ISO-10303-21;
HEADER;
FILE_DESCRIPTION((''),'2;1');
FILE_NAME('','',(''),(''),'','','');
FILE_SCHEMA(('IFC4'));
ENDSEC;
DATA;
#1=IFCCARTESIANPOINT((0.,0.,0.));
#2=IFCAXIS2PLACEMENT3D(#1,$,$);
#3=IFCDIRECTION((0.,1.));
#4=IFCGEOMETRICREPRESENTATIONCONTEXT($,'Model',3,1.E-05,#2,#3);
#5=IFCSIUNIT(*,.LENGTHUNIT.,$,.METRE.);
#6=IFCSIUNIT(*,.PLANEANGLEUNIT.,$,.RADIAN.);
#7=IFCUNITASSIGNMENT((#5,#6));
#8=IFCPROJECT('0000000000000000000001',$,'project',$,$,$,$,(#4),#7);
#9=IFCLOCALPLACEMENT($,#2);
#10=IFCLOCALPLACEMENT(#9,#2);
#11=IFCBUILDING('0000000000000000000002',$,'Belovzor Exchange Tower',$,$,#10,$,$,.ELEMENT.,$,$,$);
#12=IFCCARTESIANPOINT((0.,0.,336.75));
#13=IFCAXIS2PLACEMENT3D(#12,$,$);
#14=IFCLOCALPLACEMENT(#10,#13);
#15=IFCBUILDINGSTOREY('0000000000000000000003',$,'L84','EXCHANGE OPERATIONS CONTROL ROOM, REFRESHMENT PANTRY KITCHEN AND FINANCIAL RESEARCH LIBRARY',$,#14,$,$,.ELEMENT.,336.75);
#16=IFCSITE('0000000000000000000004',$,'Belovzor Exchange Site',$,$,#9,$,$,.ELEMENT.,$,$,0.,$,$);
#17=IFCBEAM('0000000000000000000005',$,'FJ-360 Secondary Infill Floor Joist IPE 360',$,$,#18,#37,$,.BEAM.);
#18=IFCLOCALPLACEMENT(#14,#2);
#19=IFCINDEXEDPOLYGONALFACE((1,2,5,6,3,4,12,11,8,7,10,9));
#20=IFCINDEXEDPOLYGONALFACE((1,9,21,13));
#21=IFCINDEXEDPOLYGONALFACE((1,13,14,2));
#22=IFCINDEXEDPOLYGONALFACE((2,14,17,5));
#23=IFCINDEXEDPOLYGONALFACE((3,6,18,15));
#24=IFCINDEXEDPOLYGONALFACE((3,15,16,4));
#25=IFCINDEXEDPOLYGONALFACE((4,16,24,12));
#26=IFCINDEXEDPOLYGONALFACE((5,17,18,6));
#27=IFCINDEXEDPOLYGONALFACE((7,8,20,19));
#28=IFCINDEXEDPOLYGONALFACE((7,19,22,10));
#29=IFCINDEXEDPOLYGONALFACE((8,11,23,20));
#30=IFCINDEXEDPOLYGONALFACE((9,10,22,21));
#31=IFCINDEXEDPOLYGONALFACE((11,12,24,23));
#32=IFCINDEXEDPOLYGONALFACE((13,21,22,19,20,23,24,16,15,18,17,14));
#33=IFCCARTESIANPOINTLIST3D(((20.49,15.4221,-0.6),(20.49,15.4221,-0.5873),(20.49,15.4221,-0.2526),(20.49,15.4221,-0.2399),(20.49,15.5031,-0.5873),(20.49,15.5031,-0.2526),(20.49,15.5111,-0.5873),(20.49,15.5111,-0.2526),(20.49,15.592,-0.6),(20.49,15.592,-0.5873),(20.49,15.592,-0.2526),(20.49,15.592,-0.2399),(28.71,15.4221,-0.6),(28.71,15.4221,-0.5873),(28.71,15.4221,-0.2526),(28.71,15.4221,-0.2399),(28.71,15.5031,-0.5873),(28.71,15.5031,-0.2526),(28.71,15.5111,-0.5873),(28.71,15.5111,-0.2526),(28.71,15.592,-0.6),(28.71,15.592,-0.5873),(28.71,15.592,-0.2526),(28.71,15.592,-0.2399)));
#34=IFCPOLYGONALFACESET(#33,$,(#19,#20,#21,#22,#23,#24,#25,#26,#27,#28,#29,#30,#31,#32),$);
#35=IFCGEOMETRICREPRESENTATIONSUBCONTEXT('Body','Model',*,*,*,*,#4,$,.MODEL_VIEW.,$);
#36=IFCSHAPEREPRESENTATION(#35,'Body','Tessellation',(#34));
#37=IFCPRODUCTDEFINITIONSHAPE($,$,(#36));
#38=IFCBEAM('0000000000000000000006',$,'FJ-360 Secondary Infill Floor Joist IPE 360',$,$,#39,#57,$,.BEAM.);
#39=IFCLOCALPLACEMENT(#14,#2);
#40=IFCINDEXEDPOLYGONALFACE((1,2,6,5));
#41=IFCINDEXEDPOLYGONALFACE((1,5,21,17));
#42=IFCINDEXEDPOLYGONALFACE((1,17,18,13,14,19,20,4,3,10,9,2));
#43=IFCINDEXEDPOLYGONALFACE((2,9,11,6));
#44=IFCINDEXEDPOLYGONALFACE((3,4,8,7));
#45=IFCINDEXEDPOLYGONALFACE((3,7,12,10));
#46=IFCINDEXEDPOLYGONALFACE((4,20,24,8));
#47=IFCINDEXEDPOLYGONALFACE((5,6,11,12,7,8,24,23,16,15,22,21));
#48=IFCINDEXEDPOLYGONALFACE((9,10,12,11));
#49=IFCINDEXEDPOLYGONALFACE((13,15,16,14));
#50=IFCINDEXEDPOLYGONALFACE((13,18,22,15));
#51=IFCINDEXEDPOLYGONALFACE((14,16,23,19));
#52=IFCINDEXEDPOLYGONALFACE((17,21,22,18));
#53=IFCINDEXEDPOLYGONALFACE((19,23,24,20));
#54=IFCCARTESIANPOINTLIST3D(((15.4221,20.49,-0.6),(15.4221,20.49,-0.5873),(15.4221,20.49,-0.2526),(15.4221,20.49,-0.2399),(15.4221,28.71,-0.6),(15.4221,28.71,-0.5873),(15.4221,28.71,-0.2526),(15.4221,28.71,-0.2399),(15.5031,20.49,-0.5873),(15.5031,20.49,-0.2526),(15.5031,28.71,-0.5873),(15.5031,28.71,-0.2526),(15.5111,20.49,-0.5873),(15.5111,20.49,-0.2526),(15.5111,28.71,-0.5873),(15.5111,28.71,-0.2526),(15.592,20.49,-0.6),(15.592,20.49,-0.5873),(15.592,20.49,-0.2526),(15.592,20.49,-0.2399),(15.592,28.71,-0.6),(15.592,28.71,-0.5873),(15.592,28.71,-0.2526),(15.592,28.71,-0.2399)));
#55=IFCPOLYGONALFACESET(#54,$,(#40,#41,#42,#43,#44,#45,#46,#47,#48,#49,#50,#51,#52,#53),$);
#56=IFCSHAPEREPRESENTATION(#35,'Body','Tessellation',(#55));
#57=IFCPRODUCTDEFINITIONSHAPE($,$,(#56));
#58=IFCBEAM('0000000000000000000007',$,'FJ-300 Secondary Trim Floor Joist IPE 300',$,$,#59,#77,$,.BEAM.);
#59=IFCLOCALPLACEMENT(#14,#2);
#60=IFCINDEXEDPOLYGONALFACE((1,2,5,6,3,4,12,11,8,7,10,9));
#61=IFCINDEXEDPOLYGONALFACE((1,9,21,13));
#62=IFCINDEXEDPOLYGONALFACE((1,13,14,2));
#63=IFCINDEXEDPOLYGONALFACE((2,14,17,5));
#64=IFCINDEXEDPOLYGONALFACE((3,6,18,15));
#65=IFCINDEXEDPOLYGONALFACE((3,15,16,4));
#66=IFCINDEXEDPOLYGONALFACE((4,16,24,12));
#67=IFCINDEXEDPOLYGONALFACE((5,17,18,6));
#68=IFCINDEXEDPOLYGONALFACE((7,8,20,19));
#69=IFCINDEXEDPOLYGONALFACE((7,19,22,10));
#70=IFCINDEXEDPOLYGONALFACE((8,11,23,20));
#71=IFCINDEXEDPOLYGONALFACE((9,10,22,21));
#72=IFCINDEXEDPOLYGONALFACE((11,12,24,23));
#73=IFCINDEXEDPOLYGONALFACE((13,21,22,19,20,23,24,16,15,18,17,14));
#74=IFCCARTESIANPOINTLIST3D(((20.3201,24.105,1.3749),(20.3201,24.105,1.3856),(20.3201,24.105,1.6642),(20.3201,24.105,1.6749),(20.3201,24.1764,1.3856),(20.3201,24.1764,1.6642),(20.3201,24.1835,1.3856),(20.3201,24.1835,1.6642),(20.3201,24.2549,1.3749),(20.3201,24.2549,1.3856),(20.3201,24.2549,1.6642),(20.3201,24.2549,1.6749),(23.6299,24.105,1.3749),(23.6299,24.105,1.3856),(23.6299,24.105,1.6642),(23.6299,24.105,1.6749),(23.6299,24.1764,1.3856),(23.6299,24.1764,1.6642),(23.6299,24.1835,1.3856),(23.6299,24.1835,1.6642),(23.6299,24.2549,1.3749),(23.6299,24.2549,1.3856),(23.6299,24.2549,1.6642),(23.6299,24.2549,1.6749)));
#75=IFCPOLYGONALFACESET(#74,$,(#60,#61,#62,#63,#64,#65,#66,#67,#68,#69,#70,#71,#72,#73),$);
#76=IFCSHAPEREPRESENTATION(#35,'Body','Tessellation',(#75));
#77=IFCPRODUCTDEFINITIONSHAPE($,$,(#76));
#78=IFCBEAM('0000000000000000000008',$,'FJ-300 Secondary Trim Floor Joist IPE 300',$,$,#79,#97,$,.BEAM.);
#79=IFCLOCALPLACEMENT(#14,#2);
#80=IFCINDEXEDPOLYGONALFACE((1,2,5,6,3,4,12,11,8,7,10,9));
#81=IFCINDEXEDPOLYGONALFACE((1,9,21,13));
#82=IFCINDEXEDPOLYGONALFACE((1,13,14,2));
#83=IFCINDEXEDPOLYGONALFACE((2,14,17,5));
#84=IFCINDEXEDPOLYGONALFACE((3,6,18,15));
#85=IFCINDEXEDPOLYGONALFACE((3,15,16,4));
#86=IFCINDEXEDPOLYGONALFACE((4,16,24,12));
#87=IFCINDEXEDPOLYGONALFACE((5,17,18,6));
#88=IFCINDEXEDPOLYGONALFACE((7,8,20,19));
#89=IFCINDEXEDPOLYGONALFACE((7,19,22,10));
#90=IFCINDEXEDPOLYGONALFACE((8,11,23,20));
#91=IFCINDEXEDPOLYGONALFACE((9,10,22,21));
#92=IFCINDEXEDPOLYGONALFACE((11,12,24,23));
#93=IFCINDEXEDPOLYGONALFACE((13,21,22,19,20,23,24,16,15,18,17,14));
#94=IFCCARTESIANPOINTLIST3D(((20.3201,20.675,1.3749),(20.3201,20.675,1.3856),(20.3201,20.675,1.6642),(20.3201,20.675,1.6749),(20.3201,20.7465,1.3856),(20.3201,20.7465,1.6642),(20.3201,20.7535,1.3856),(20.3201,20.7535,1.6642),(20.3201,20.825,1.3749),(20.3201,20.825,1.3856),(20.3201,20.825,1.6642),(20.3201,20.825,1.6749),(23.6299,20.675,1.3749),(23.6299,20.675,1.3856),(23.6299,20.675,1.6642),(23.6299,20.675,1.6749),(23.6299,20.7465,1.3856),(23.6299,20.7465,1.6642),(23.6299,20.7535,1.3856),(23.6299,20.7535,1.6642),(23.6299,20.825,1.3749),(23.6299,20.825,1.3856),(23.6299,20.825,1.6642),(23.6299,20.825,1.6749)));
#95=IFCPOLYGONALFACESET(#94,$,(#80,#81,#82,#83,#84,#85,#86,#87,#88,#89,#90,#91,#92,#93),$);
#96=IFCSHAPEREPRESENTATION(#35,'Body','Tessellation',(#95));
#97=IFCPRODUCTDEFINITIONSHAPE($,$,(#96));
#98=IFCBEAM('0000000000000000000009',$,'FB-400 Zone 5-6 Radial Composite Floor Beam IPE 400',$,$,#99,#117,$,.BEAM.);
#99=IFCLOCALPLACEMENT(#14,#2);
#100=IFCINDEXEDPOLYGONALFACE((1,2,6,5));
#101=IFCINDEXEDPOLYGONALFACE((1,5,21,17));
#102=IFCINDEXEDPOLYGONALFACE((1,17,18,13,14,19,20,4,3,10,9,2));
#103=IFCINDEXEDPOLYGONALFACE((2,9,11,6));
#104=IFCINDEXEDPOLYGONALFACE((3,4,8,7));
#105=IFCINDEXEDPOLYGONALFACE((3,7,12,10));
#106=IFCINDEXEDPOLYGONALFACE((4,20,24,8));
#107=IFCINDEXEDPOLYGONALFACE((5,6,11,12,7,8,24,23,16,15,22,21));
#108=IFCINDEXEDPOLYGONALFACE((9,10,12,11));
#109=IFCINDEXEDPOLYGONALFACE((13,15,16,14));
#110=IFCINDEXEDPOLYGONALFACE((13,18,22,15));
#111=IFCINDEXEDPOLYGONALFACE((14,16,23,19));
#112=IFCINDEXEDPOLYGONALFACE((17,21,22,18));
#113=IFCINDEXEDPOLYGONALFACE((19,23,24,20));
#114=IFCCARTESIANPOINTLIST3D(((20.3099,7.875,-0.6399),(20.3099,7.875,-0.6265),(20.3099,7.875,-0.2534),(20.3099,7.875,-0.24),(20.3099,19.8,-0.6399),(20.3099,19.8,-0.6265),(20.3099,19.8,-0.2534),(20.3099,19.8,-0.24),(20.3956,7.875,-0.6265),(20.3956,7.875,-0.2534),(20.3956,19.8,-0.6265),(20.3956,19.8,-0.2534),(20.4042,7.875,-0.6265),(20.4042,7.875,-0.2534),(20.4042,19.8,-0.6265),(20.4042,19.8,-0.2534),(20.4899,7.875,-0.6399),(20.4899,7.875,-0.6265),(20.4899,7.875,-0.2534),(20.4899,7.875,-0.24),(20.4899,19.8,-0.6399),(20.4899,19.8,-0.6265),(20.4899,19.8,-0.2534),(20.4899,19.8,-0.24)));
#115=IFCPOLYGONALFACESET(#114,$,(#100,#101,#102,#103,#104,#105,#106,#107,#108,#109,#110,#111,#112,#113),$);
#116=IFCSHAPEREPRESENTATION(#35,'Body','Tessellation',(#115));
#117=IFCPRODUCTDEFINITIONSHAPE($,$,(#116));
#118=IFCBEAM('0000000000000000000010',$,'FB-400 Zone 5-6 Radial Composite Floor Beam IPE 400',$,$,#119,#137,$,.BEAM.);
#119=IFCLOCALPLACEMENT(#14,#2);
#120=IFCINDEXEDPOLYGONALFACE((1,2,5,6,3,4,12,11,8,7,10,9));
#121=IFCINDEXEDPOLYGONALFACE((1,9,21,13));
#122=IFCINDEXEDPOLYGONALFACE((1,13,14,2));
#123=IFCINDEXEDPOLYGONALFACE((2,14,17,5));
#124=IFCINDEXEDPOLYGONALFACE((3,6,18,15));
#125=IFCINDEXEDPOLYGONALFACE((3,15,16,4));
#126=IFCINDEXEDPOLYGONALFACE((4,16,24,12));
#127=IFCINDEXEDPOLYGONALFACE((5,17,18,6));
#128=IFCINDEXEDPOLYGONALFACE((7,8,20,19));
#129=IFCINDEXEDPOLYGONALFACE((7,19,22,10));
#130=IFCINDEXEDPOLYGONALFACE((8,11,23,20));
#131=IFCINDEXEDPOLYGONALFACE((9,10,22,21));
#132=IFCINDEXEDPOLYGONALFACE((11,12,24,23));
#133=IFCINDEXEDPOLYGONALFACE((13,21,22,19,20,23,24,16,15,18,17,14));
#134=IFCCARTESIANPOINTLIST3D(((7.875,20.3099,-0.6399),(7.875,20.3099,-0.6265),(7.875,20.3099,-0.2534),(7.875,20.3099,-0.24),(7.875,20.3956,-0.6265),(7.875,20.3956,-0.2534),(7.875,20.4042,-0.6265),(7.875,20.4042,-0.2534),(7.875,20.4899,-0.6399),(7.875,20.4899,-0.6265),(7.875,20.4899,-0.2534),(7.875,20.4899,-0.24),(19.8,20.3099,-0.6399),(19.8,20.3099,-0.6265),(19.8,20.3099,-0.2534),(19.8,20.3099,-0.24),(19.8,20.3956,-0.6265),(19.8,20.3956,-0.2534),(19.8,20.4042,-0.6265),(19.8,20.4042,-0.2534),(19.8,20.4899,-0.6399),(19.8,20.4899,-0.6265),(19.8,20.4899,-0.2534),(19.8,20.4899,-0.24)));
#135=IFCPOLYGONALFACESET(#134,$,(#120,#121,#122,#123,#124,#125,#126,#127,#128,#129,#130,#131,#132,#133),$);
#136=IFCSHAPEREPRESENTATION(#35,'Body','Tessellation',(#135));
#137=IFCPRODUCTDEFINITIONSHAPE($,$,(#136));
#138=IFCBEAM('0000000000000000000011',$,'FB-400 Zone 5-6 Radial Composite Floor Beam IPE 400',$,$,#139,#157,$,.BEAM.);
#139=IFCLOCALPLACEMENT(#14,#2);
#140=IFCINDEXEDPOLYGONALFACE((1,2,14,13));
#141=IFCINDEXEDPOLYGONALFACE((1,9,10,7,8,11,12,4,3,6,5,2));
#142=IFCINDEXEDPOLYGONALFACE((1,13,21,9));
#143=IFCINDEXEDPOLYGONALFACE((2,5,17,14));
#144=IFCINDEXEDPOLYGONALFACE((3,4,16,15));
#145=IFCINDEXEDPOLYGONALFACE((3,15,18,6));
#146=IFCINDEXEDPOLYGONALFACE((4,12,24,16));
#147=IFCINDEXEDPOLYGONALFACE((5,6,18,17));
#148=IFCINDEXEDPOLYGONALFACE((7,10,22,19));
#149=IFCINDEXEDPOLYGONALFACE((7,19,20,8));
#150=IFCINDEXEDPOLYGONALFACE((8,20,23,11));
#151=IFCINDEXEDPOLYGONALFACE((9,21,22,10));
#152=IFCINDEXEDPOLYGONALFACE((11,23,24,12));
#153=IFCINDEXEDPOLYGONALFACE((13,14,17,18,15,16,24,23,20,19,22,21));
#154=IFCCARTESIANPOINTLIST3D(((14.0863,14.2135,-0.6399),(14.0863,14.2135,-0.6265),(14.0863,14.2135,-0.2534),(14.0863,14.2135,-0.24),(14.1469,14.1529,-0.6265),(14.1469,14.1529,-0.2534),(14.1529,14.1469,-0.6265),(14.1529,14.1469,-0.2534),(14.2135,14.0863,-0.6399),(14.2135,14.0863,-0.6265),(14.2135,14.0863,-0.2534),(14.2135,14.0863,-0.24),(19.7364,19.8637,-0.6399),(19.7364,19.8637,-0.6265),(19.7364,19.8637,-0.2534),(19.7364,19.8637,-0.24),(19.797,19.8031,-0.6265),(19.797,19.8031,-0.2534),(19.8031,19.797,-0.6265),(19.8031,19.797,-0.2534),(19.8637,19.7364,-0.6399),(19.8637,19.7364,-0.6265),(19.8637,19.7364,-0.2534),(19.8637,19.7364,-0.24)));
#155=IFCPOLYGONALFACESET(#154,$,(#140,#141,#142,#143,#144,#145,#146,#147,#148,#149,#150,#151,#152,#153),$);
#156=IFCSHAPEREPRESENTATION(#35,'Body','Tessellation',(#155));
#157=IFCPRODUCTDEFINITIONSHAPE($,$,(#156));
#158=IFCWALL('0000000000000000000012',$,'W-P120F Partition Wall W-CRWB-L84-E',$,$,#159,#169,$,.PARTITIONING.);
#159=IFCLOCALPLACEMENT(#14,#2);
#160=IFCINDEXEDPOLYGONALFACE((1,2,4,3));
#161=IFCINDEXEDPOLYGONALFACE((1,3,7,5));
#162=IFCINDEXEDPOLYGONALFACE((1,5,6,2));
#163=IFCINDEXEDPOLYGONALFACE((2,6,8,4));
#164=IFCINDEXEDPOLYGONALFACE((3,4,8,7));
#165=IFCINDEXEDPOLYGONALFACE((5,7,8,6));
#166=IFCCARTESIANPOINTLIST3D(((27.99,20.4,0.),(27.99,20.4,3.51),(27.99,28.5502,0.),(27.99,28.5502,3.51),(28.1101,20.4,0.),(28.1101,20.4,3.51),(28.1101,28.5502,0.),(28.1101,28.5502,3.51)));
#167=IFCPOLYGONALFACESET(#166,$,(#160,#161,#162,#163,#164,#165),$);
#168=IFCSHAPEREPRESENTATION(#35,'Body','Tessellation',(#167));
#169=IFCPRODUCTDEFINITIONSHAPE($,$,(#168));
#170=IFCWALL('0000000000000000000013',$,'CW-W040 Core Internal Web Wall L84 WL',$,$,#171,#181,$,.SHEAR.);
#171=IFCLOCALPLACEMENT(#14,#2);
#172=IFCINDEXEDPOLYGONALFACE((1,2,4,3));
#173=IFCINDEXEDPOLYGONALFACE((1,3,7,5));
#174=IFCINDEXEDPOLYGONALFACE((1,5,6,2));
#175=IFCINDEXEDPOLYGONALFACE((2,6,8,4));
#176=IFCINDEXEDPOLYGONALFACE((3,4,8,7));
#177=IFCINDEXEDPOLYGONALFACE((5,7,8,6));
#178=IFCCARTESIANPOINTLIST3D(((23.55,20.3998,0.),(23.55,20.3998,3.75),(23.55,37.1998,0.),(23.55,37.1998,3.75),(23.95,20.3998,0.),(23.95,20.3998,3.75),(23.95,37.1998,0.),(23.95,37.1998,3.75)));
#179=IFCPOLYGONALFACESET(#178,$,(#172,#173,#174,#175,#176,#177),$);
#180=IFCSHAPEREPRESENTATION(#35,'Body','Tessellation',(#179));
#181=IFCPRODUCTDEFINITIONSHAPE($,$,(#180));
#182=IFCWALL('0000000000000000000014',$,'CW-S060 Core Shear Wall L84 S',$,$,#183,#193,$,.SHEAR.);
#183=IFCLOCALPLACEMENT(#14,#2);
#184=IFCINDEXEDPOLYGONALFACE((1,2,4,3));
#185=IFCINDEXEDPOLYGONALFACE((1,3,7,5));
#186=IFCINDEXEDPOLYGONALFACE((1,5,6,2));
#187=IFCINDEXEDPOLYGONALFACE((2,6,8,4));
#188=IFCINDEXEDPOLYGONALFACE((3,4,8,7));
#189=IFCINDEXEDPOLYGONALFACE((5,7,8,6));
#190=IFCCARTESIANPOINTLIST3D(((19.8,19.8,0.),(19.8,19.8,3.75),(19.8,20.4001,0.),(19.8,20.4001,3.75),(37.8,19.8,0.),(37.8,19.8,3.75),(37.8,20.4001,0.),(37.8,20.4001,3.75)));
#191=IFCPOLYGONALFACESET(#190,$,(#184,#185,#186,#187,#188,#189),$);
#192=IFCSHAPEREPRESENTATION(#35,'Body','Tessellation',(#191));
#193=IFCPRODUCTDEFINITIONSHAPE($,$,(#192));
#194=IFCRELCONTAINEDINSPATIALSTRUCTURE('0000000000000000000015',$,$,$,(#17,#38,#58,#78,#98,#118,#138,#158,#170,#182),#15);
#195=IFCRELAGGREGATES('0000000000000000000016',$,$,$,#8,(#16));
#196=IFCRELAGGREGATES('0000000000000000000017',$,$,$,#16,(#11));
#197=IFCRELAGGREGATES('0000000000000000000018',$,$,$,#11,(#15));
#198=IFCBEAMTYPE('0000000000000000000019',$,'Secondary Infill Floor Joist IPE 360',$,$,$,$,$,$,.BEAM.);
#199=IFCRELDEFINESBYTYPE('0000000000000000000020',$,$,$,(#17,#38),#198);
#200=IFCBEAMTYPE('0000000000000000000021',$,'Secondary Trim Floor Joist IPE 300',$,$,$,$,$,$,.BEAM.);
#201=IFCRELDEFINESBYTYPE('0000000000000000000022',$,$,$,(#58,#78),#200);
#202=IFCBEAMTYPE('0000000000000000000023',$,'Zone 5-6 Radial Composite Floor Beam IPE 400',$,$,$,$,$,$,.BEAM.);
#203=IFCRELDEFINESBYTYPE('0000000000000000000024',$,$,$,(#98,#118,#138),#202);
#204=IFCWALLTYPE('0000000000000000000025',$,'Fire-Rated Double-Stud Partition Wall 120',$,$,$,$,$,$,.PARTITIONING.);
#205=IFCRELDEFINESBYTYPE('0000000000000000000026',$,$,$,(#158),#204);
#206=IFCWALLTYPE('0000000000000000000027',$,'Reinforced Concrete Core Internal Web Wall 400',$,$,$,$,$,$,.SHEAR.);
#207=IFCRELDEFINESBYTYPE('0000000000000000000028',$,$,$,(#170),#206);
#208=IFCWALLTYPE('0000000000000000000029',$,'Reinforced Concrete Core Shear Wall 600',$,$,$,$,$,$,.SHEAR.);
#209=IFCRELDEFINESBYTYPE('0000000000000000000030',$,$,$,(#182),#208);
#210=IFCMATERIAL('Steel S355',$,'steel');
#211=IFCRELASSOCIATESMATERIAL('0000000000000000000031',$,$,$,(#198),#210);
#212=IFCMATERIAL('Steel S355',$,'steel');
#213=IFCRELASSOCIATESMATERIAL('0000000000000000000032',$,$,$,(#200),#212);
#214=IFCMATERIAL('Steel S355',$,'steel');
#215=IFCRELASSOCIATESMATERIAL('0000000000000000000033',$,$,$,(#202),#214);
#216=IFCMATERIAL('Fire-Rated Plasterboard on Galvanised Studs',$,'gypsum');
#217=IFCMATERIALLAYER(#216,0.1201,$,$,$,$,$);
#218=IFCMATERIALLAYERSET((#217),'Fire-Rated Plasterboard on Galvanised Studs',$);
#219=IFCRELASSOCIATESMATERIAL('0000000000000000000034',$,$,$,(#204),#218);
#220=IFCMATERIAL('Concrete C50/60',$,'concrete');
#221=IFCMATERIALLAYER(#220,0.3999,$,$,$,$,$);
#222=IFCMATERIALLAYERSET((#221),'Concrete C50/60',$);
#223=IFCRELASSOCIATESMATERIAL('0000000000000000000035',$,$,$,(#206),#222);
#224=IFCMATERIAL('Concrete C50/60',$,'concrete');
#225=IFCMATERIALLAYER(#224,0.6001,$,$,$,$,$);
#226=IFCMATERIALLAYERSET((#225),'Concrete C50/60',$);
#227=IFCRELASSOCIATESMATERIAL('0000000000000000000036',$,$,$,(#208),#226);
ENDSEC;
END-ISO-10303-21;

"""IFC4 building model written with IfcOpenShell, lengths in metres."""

from ifc_helpers import new_model, si_unit, direction, frame, frame_2d, origin, origin_2d, place, context, subcontext, project, spatial, rectangle, i_section, extrude, material, layer, layer_set, material_profile, profile_set, type_object, element, save


model = new_model("IFC4")

# Units and contexts
model_context = context("Model", 3, precision=1e-05, world=origin(), true_north=direction((0.0, 1.0)))
body_context = subcontext(model_context, "Body", "Model", "MODEL_VIEW")
ifc_project = project(units=[si_unit("LENGTHUNIT", "METRE"), si_unit("PLANEANGLEUNIT", "RADIAN")], contexts=[model_context])

# Site, building, storey
site_placement = place(None, origin())
site = spatial("IfcSite", under=ifc_project, at=site_placement, Name="Belovzor Exchange Site", CompositionType="ELEMENT", RefElevation=0.0)
building_placement = place(site_placement, origin())
building = spatial("IfcBuilding", under=site, at=building_placement, Name="Belovzor Exchange Tower", CompositionType="ELEMENT")
storey_placement = place(building_placement, frame((0.0, 0.0, 336.75)))
storey = spatial("IfcBuildingStorey", under=building, at=storey_placement, Name="L84", Description="EXCHANGE OPERATIONS CONTROL ROOM, REFRESHMENT PANTRY KITCHEN AND FINANCIAL RESEARCH LIBRARY", CompositionType="ELEMENT", Elevation=336.75)

# Beams
ifc_material_1 = material(Name="Steel S355", Category="steel")
ifc_material_profile_1 = material_profile(ifc_material_1, i_section(OverallWidth=0.1699, OverallDepth=0.3601, WebThickness=0.0081, FlangeThickness=0.0127, at=origin_2d()))
ifc_profile_set_1 = profile_set([ifc_material_profile_1], Name="Steel S355")
beam_type_1 = type_object("IfcBeamType", Name="Secondary Infill Floor Joist IPE 360", PredefinedType="BEAM", material=ifc_profile_set_1)
for number, where, z_axis, x_axis, name in (
    (1, (20.49, 15.5071, -0.4199), (1.0, 0.0, 0.0), (0.0, 1.0, 0.0), "FJ-360 Secondary Infill Floor Joist IPE 360"),
    (2, (15.5071, 20.49, -0.4199), (0.0, 1.0, 0.0), (-1.0, 0.0, 0.0), "FJ-360 Secondary Infill Floor Joist IPE 360"),
):
    element("IfcBeam", number, at=place(storey_placement, frame(where, z_axis=z_axis, x_axis=x_axis)), inside=storey, type_object=beam_type_1, Name=name, PredefinedType="BEAM", context=body_context, shape_type="SweptSolid", body=[
        extrude(i_section(OverallWidth=0.1699, OverallDepth=0.3601, WebThickness=0.0081, FlangeThickness=0.0127, at=origin_2d()), origin(), (0.0, 0.0, 1.0), 8.22),
    ])
ifc_material_2 = material(Name="Steel S355", Category="steel")
ifc_material_profile_2 = material_profile(ifc_material_2, i_section(OverallWidth=0.1499, OverallDepth=0.3, WebThickness=0.0071, FlangeThickness=0.0107, at=origin_2d()))
ifc_profile_set_2 = profile_set([ifc_material_profile_2], Name="Steel S355")
beam_type_2 = type_object("IfcBeamType", Name="Secondary Trim Floor Joist IPE 300", PredefinedType="BEAM", material=ifc_profile_set_2)
for number, where, z_axis, x_axis, name in (
    (3, (20.3201, 24.1799, 1.5249), (1.0, 0.0, 0.0), (0.0, 1.0, 0.0), "FJ-300 Secondary Trim Floor Joist IPE 300"),
    (4, (20.3201, 20.75, 1.5249), (1.0, 0.0, 0.0), (0.0, 1.0, 0.0), "FJ-300 Secondary Trim Floor Joist IPE 300"),
):
    element("IfcBeam", number, at=place(storey_placement, frame(where, z_axis=z_axis, x_axis=x_axis)), inside=storey, type_object=beam_type_2, Name=name, PredefinedType="BEAM", context=body_context, shape_type="SweptSolid", body=[
        extrude(i_section(OverallWidth=0.1499, OverallDepth=0.3, WebThickness=0.0071, FlangeThickness=0.0107, at=origin_2d()), origin(), (0.0, 0.0, 1.0), 3.3098),
    ])
ifc_material_3 = material(Name="Steel S355", Category="steel")
ifc_material_profile_3 = material_profile(ifc_material_3, i_section(OverallWidth=0.1799, OverallDepth=0.3999, WebThickness=0.0085, FlangeThickness=0.0134, at=origin_2d()))
ifc_profile_set_3 = profile_set([ifc_material_profile_3], Name="Steel S355")
beam_type_3 = type_object("IfcBeamType", Name="Zone 5-6 Radial Composite Floor Beam IPE 400", PredefinedType="BEAM", material=ifc_profile_set_3)
for number, where, z_axis, x_axis, name in (
    (5, (20.3999, 19.8, -0.4399), (0.0, -1.0, 0.0), (1.0, 0.0, 0.0), "FB-400 Zone 5-6 Radial Composite Floor Beam IPE 400"),
    (6, (19.8, 20.3999, -0.4399), (-1.0, 0.0, 0.0), (0.0, -1.0, 0.0), "FB-400 Zone 5-6 Radial Composite Floor Beam IPE 400"),
):
    element("IfcBeam", number, at=place(storey_placement, frame(where, z_axis=z_axis, x_axis=x_axis)), inside=storey, type_object=beam_type_3, Name=name, PredefinedType="BEAM", context=body_context, shape_type="SweptSolid", body=[
        extrude(i_section(OverallWidth=0.1799, OverallDepth=0.3999, WebThickness=0.0085, FlangeThickness=0.0134, at=origin_2d()), origin(), (0.0, 0.0, 1.0), 11.925),
    ])
beam_placement = place(storey_placement, frame((19.8, 19.8, -0.4399), z_axis=(-0.707107, -0.707107, 0.0), x_axis=(0.707107, -0.707107, 0.0)))
element("IfcBeam", 7, at=beam_placement, inside=storey, type_object=beam_type_3, Name="FB-400 Zone 5-6 Radial Composite Floor Beam IPE 400", PredefinedType="BEAM", context=body_context, shape_type="SweptSolid", body=[
    extrude(i_section(OverallWidth=0.1799, OverallDepth=0.3999, WebThickness=0.0085, FlangeThickness=0.0134, at=origin_2d()), origin(), (0.0, 0.0, 1.0), 7.9905),
])

# Walls
ifc_material_4 = material(Name="Fire-Rated Plasterboard on Galvanised Studs", Category="gypsum")
ifc_layer_1 = layer(ifc_material_4, 0.1201)
ifc_layer_set_1 = layer_set([ifc_layer_1], Name="Fire-Rated Plasterboard on Galvanised Studs")
wall_type_1 = type_object("IfcWallType", Name="Fire-Rated Double-Stud Partition Wall 120", PredefinedType="PARTITIONING", material=ifc_layer_set_1)
wall_1_placement = place(storey_placement, frame((28.05, 20.3999, 0.0), z_axis=(0.0, 0.0, 1.0), x_axis=(0.0, 1.0, 0.0)))
element("IfcWall", 8, at=wall_1_placement, inside=storey, type_object=wall_type_1, Name="W-P120F Partition Wall W-CRWB-L84-E", PredefinedType="PARTITIONING", context=body_context, shape_type="SweptSolid", body=[
    extrude(rectangle(XDim=8.1501, YDim=0.1201, at=frame_2d((4.0752, 0.0))), origin(), (0.0, 0.0, 1.0), 3.51),
])
ifc_material_5 = material(Name="Concrete C50/60", Category="concrete")
ifc_layer_2 = layer(ifc_material_5, 0.3999)
ifc_layer_set_2 = layer_set([ifc_layer_2], Name="Concrete C50/60")
wall_type_2 = type_object("IfcWallType", Name="Reinforced Concrete Core Internal Web Wall 400", PredefinedType="SHEAR", material=ifc_layer_set_2)
wall_2_placement = place(storey_placement, frame((23.75, 20.3999, 0.0), z_axis=(0.0, 0.0, 1.0), x_axis=(0.0, 1.0, 0.0)))
element("IfcWall", 9, at=wall_2_placement, inside=storey, type_object=wall_type_2, Name="CW-W040 Core Internal Web Wall L84 WL", PredefinedType="SHEAR", context=body_context, shape_type="SweptSolid", body=[
    extrude(rectangle(XDim=16.8, YDim=0.3999, at=frame_2d((8.3999, 0.0))), origin(), (0.0, 0.0, 1.0), 3.75),
])
ifc_material_6 = material(Name="Concrete C50/60", Category="concrete")
ifc_layer_3 = layer(ifc_material_6, 0.6001)
ifc_layer_set_3 = layer_set([ifc_layer_3], Name="Concrete C50/60")
wall_type_3 = type_object("IfcWallType", Name="Reinforced Concrete Core Shear Wall 600", PredefinedType="SHEAR", material=ifc_layer_set_3)
wall_3_placement = place(storey_placement, frame((19.8, 20.1001, 0.0), z_axis=(0.0, 0.0, 1.0), x_axis=(1.0, 0.0, 0.0)))
element("IfcWall", 10, at=wall_3_placement, inside=storey, type_object=wall_type_3, Name="CW-S060 Core Shear Wall L84 S", PredefinedType="SHEAR", context=body_context, shape_type="SweptSolid", body=[
    extrude(rectangle(XDim=18.0, YDim=0.6001, at=frame_2d((9.0, 0.0))), origin(), (0.0, 0.0, 1.0), 3.75),
])

save(model, "model.ifc")
